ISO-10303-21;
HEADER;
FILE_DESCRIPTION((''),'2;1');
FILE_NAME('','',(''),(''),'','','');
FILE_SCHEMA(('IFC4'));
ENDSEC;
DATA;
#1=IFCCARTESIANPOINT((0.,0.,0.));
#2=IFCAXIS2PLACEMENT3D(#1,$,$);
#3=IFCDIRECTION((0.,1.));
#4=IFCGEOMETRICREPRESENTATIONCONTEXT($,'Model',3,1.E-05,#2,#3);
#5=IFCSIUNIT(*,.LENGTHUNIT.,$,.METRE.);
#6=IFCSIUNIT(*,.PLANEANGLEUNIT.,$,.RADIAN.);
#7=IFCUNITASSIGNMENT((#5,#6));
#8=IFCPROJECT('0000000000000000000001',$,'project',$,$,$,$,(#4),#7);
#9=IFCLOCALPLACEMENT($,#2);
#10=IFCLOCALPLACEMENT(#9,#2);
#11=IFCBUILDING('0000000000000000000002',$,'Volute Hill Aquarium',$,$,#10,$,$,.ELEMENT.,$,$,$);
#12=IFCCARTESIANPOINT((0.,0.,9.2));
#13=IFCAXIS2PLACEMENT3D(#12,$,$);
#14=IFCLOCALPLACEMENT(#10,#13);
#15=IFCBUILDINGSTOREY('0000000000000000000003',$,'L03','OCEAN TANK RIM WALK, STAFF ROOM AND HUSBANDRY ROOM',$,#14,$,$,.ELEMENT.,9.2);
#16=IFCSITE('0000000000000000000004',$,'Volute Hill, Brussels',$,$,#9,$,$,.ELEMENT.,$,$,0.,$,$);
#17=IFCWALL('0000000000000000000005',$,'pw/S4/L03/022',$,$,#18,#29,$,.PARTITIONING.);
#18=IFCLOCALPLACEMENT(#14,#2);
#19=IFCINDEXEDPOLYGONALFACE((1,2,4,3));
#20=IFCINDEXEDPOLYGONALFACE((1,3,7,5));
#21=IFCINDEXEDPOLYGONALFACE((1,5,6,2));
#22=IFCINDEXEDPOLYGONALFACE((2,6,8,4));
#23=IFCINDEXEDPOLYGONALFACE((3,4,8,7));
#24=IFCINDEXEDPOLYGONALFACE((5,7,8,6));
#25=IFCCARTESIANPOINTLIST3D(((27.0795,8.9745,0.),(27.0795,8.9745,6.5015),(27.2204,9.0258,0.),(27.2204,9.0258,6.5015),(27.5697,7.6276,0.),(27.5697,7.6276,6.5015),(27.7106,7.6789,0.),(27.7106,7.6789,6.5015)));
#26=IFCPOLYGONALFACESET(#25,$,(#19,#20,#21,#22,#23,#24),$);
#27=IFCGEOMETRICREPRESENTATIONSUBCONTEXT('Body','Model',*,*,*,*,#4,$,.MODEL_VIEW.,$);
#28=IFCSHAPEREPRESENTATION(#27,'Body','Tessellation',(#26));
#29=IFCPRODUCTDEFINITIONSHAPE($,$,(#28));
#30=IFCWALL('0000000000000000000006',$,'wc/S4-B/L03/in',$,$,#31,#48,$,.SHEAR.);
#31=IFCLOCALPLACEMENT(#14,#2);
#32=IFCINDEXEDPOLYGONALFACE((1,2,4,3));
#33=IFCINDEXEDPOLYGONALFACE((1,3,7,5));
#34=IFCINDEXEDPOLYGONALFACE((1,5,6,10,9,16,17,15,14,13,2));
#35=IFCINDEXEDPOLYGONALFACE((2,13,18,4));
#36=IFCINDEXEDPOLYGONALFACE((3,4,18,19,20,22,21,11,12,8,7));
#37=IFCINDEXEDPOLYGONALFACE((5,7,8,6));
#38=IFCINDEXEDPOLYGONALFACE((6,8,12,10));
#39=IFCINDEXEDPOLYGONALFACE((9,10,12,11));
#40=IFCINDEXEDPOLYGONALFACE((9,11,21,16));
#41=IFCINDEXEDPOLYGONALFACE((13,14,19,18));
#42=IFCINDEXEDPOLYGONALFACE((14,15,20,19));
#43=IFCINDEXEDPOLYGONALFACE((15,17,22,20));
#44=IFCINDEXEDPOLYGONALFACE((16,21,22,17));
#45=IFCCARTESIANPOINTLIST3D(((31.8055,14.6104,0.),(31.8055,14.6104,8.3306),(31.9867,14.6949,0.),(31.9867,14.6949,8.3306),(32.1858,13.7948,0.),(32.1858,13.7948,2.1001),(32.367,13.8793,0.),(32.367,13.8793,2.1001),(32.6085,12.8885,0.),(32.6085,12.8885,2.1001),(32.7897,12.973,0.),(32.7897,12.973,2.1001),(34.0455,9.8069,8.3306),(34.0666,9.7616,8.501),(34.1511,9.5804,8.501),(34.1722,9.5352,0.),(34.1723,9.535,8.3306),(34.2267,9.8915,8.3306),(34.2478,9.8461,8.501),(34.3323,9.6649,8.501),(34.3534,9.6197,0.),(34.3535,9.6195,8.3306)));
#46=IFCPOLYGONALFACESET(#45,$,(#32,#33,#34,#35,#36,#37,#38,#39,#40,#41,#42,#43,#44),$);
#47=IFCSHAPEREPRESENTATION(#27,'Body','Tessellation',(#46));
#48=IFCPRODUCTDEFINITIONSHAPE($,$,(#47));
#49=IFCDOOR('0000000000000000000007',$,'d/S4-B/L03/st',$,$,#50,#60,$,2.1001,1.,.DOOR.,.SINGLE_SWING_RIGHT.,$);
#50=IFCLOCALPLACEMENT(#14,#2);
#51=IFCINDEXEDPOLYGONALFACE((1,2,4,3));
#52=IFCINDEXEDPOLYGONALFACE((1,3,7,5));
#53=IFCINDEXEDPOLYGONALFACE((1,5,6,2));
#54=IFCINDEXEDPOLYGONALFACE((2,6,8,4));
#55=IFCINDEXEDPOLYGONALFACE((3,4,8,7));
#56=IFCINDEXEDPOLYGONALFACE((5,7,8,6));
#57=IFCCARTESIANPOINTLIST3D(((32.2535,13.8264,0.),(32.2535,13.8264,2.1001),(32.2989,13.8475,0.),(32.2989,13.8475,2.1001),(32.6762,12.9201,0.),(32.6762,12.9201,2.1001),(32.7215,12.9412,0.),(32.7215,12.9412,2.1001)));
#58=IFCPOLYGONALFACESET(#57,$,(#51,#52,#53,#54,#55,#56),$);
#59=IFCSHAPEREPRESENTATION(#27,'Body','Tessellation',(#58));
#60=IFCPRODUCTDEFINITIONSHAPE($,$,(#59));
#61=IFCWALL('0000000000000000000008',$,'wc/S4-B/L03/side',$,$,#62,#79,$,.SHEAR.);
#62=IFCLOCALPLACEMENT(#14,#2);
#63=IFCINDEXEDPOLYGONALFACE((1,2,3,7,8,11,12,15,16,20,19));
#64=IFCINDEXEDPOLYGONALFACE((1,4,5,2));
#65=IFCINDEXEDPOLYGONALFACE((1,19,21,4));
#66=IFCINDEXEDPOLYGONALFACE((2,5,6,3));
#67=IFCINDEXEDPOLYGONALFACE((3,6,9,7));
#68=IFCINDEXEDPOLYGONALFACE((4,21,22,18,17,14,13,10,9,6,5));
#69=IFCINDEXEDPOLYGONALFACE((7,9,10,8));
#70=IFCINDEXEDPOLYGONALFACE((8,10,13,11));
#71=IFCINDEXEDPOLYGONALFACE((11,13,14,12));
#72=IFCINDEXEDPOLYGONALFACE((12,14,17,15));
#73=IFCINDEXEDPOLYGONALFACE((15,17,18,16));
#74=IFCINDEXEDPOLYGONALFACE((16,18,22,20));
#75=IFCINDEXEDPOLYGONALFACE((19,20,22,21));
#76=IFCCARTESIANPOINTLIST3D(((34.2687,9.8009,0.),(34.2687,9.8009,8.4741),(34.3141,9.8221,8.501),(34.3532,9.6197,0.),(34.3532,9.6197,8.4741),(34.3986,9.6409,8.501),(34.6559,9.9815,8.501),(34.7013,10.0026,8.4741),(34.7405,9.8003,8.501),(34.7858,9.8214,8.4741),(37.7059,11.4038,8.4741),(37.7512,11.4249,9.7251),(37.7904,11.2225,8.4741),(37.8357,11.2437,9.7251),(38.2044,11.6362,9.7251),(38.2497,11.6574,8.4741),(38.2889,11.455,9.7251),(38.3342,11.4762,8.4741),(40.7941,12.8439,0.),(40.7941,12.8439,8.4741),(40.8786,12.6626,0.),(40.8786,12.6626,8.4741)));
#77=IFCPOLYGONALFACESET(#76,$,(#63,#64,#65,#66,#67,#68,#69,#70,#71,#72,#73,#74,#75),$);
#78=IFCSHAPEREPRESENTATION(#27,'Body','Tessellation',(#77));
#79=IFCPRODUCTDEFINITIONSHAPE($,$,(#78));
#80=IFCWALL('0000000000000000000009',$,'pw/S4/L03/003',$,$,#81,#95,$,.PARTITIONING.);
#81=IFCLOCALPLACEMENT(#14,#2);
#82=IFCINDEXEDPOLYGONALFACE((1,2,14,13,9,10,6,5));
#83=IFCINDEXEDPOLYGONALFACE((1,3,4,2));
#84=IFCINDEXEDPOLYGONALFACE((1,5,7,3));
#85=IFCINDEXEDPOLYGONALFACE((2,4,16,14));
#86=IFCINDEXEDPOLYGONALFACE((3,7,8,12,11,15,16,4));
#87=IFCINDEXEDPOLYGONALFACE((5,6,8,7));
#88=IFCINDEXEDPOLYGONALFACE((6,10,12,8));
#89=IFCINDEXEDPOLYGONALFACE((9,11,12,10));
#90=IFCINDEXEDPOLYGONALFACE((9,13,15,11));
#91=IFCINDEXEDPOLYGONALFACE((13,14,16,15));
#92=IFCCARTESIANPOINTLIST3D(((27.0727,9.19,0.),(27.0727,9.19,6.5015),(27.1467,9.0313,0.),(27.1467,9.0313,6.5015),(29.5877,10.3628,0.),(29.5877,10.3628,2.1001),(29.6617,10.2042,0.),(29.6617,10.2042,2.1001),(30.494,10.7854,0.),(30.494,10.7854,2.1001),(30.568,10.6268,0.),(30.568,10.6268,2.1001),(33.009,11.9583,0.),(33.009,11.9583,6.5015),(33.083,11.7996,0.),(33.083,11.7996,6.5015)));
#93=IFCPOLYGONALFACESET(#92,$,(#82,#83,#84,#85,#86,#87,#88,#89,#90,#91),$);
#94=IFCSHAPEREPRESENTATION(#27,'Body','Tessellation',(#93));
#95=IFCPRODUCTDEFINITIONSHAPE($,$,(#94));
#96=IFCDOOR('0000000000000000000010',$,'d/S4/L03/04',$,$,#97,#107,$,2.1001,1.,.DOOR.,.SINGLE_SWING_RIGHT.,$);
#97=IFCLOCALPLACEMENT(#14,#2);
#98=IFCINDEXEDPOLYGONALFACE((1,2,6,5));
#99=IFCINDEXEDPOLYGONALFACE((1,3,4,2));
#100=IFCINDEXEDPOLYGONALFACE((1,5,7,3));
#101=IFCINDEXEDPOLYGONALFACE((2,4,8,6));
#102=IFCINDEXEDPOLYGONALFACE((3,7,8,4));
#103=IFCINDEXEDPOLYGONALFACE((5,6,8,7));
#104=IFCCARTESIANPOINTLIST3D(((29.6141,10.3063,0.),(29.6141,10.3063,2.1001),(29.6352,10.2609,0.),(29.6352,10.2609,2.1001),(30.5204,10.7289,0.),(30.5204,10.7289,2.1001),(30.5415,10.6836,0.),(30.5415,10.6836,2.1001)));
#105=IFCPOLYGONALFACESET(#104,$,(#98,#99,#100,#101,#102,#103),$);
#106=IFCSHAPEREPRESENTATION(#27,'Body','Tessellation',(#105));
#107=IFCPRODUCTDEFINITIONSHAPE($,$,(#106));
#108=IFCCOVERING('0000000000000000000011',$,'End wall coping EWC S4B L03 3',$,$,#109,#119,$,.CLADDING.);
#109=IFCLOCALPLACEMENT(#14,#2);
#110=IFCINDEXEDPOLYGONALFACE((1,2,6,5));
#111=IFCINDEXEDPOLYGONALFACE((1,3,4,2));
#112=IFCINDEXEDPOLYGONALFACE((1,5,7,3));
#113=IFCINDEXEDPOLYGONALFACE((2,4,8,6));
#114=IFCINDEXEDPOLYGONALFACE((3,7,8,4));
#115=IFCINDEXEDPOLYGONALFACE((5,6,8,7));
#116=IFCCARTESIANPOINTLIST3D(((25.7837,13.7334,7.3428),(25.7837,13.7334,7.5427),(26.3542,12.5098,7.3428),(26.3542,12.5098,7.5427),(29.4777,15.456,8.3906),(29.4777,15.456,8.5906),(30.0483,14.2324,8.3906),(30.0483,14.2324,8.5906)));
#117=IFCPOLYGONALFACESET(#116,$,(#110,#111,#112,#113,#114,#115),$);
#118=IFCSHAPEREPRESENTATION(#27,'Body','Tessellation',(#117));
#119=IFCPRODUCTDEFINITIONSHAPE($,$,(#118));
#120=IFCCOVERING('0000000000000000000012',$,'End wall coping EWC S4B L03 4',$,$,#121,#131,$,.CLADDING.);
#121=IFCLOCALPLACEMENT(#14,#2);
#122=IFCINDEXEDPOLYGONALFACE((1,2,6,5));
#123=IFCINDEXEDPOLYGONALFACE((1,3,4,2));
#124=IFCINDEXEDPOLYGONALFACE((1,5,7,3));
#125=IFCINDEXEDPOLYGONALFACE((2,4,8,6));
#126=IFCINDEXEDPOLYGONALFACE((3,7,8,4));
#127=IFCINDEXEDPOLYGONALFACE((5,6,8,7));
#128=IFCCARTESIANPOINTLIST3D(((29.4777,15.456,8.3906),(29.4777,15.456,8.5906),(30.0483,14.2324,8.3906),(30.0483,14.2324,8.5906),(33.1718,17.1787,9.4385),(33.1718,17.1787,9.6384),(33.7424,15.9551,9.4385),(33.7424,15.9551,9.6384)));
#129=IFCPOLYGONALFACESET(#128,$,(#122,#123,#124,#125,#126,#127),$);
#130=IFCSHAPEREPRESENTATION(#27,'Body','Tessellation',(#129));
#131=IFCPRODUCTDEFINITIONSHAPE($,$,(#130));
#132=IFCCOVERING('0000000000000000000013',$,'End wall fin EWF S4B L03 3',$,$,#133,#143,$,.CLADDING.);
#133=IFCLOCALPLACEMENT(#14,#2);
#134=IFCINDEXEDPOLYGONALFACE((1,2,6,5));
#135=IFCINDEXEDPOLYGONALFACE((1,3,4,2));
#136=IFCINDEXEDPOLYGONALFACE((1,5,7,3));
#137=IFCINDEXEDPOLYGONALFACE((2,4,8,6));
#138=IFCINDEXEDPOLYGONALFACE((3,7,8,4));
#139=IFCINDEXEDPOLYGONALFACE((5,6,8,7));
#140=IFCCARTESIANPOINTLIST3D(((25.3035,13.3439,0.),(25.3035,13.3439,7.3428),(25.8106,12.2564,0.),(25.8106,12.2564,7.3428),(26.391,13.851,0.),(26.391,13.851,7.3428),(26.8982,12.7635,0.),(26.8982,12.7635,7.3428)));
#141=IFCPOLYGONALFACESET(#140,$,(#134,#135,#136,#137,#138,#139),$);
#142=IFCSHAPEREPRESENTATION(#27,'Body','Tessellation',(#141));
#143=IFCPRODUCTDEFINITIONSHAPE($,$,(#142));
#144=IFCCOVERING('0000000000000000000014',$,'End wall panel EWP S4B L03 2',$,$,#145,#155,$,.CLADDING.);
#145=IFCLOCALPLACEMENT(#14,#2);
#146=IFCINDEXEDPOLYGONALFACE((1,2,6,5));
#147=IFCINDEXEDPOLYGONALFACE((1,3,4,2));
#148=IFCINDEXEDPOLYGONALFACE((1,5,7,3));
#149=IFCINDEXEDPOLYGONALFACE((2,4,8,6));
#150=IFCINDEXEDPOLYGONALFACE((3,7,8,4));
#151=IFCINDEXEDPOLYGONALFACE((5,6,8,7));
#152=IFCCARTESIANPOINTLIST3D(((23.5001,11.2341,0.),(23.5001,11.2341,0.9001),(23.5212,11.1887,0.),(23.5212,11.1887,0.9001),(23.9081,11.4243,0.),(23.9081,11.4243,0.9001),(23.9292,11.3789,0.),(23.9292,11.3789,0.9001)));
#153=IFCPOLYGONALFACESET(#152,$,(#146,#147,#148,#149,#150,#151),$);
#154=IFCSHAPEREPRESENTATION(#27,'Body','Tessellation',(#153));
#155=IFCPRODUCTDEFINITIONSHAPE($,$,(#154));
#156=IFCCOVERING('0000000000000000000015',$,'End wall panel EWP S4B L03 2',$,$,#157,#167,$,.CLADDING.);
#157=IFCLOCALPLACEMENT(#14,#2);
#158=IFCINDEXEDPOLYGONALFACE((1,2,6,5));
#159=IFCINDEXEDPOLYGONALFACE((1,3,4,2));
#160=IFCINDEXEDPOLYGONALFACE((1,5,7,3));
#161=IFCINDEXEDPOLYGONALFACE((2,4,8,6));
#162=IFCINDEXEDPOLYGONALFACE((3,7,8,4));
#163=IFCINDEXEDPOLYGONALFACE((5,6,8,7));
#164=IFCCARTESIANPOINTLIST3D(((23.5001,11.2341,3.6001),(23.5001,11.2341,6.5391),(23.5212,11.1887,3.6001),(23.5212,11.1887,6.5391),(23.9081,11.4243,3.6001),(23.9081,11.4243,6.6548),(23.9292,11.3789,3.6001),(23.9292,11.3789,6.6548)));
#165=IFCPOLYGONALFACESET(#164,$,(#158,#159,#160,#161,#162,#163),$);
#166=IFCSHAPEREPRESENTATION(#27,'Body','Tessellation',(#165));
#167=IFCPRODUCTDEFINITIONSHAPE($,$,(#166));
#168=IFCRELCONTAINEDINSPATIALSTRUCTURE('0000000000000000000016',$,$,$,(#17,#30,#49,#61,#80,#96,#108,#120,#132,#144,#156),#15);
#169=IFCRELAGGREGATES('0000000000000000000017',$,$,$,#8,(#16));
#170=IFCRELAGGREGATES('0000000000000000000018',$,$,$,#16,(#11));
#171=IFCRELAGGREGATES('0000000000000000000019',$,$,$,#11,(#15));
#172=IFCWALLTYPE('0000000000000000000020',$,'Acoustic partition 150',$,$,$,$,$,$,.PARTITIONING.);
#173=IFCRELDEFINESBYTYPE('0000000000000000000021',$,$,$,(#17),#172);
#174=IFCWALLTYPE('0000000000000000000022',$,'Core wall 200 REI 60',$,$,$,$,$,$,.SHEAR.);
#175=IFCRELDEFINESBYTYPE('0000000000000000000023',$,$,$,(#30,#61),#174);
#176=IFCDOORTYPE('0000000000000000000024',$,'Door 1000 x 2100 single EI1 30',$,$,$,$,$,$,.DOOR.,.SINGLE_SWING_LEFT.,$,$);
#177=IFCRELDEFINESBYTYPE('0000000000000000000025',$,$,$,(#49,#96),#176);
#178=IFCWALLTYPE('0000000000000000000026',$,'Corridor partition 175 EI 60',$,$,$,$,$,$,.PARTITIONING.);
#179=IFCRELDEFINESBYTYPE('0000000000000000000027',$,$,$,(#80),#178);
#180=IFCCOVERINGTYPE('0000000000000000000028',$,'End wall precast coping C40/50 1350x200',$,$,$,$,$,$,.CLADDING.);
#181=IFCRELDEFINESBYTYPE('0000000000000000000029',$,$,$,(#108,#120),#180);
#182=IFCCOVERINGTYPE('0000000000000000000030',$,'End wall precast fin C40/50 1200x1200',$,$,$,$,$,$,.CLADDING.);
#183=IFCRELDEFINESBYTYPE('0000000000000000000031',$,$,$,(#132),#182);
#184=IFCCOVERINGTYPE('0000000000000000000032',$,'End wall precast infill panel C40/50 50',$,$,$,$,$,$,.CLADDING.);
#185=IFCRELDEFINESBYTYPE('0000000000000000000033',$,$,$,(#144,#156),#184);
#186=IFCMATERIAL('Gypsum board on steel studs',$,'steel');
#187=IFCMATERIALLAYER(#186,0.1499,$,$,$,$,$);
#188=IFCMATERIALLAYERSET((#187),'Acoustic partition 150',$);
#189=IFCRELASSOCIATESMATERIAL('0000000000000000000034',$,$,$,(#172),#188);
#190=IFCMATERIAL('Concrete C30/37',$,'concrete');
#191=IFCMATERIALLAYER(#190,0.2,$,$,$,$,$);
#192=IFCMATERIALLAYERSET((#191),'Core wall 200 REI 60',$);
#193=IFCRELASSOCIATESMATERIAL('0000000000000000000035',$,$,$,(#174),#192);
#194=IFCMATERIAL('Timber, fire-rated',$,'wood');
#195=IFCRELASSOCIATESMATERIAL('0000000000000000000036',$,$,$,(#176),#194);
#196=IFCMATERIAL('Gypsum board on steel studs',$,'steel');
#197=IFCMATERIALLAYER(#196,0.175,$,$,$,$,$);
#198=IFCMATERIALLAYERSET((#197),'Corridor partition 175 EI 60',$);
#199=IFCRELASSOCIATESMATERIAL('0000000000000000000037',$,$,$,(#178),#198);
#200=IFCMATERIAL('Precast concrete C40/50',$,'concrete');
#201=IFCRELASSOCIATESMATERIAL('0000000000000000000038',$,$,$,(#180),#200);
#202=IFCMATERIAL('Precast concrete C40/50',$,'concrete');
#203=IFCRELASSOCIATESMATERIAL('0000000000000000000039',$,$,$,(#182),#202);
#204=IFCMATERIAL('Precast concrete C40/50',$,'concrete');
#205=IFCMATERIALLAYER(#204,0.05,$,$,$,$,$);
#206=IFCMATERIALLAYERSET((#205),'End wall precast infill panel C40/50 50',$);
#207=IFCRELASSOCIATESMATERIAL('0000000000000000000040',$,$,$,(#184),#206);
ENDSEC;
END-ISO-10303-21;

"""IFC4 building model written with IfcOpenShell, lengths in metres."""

from ifc_helpers import new_model, si_unit, direction, frame, frame_2d, origin, origin_2d, place, context, subcontext, project, spatial, polyline, rectangle, outline, extrude, material, layer, layer_set, type_object, element, fill, save


model = new_model("IFC4")

# Units and contexts
model_context = context("Model", 3, precision=1e-05, world=origin(), true_north=direction((0.0, 1.0)))
body_context = subcontext(model_context, "Body", "Model", "MODEL_VIEW")
ifc_project = project(units=[si_unit("LENGTHUNIT", "METRE"), si_unit("PLANEANGLEUNIT", "RADIAN")], contexts=[model_context])

# Site, building, storey
site_placement = place(None, origin())
site = spatial("IfcSite", under=ifc_project, at=site_placement, Name="Volute Hill, Brussels", CompositionType="ELEMENT", RefElevation=0.0)
building_placement = place(site_placement, origin())
building = spatial("IfcBuilding", under=site, at=building_placement, Name="Volute Hill Aquarium", CompositionType="ELEMENT")
storey_placement = place(building_placement, frame((0.0, 0.0, 9.2)))
storey = spatial("IfcBuildingStorey", under=building, at=storey_placement, Name="L03", Description="OCEAN TANK RIM WALK, STAFF ROOM AND HUSBANDRY ROOM", CompositionType="ELEMENT", Elevation=9.2)

# Wall
ifc_material_1 = material(Name="Gypsum board on steel studs", Category="steel")
ifc_layer_1 = layer(ifc_material_1, 0.1499)
ifc_layer_set_1 = layer_set([ifc_layer_1], Name="Acoustic partition 150")
wall_type_1 = type_object("IfcWallType", Name="Acoustic partition 150", PredefinedType="PARTITIONING", material=ifc_layer_set_1)
wall_1_placement = place(storey_placement, frame((27.1499, 9.0002, 0.0), z_axis=(0.0, 0.0, 1.0), x_axis=(0.342017, -0.939694, 0.0)))
element("IfcWall", 1, at=wall_1_placement, inside=storey, type_object=wall_type_1, Name="pw/S4/L03/022", PredefinedType="PARTITIONING", context=body_context, shape_type="SweptSolid", body=[
    extrude(rectangle(XDim=1.4333, YDim=0.1499, at=frame_2d((0.7168, 0.0))), origin(), (0.0, 0.0, 1.0), 6.5015),
])

# Wall, opening, door
ifc_material_2 = material(Name="Concrete C30/37", Category="concrete")
ifc_layer_2 = layer(ifc_material_2, 0.2)
ifc_layer_set_2 = layer_set([ifc_layer_2], Name="Core wall 200 REI 60")
wall_type_2 = type_object("IfcWallType", Name="Core wall 200 REI 60", PredefinedType="SHEAR", material=ifc_layer_set_2)
wall_2_placement = place(storey_placement, frame((31.896, 14.6526, 0.0), z_axis=(0.0, 0.0, 1.0), x_axis=(0.422632, -0.906301, 0.0)))
wall_2 = element("IfcWall", 2, at=wall_2_placement, inside=storey, type_object=wall_type_2, Name="wc/S4-B/L03/in", PredefinedType="SHEAR", context=body_context, shape_type="SweptSolid", body=[
    extrude(outline(polyline([(0.0, 0.0), (5.5999, 0.0), (5.6001, 8.3306), (5.55, 8.501), (5.3501, 8.501), (5.3, 8.3306), (0.0, 8.3306), (0.0, 0.0)])), frame((0.0, 0.1001, 0.0), z_axis=(0.0, -1.0, 0.0), x_axis=(1.0, 0.0, 0.0)), (0.0, 0.0, 1.0), 0.2),
])
opening_1_placement = place(wall_2_placement, frame((0.8999, 0.0, 0.0)))
opening_1 = element("IfcOpeningElement", 3, at=opening_1_placement, cuts=wall_2, PredefinedType="OPENING", context=body_context, shape_type="SweptSolid", body=[
    extrude(rectangle(XDim=1.0, YDim=2.1001, at=frame_2d((0.5, 1.05))), frame((0.0, 0.1099, 0.0), z_axis=(0.0, -1.0, 0.0), x_axis=(1.0, 0.0, 0.0)), (0.0, 0.0, 1.0), 0.22),
])
ifc_material_3 = material(Name="Timber, fire-rated", Category="wood")
door_type_1 = type_object("IfcDoorType", Name="Door 1000 x 2100 single EI1 30", OperationType="SINGLE_SWING_LEFT", PredefinedType="DOOR", material=ifc_material_3)
door_1_placement = place(opening_1_placement, origin())
door_1 = element("IfcDoor", 4, at=door_1_placement, inside=storey, type_object=door_type_1, Name="d/S4-B/L03/st", OperationType="SINGLE_SWING_RIGHT", OverallHeight=2.1001, OverallWidth=1.0, PredefinedType="DOOR", context=body_context, shape_type="SweptSolid", body=[
    extrude(rectangle(XDim=1.0, YDim=2.1001, at=frame_2d((0.5, 1.05))), frame((0.0, 0.0249, 0.0), z_axis=(0.0, -1.0, 0.0), x_axis=(1.0, 0.0, 0.0)), (0.0, 0.0, 1.0), 0.05),
])
fill(opening_1, door_1)

# Wall
wall_3_placement = place(storey_placement, frame((34.311, 9.7102, 0.0), z_axis=(0.0, 0.0, 1.0), x_axis=(0.906301, 0.422633, 0.0)))
element("IfcWall", 5, at=wall_3_placement, inside=storey, type_object=wall_type_2, Name="wc/S4-B/L03/side", PredefinedType="SHEAR", context=body_context, shape_type="SweptSolid", body=[
    extrude(outline(polyline([(0.0, 0.0), (7.2, 0.0), (7.2, 8.4741), (4.3926, 8.4741), (4.3425, 9.7251), (3.8425, 9.7251), (3.7925, 8.4741), (0.4773, 8.4741), (0.4272, 8.501), (0.05, 8.501), (0.0, 8.4741), (0.0, 0.0)])), frame((0.0, 0.1001, 0.0), z_axis=(0.0, -1.0, 0.0), x_axis=(1.0, 0.0, 0.0)), (0.0, 0.0, 1.0), 0.2),
])

# Wall, opening, door
ifc_material_4 = material(Name="Gypsum board on steel studs", Category="steel")
ifc_layer_3 = layer(ifc_material_4, 0.175)
ifc_layer_set_3 = layer_set([ifc_layer_3], Name="Corridor partition 175 EI 60")
wall_type_3 = type_object("IfcWallType", Name="Corridor partition 175 EI 60", PredefinedType="PARTITIONING", material=ifc_layer_set_3)
wall_4_placement = place(storey_placement, frame((33.0459, 11.8789, 0.0), z_axis=(0.0, 0.0, 1.0), x_axis=(-0.906297, -0.422641, 0.0)))
wall_4 = element("IfcWall", 6, at=wall_4_placement, inside=storey, type_object=wall_type_3, Name="pw/S4/L03/003", PredefinedType="PARTITIONING", context=body_context, shape_type="SweptSolid", body=[
    extrude(rectangle(XDim=6.55, YDim=0.175, at=frame_2d((3.2749, 0.0))), origin(), (0.0, 0.0, 1.0), 6.5015),
])
opening_2_placement = place(wall_4_placement, frame((2.7749, 0.0, 0.0)))
opening_2 = element("IfcOpeningElement", 7, at=opening_2_placement, cuts=wall_4, PredefinedType="OPENING", context=body_context, shape_type="SweptSolid", body=[
    extrude(rectangle(XDim=1.0, YDim=2.1001, at=frame_2d((0.5, 1.05))), frame((0.0, 0.0974, 0.0), z_axis=(0.0, -1.0, 0.0), x_axis=(1.0, 0.0, 0.0)), (0.0, 0.0, 1.0), 0.1951),
])
door_2_placement = place(opening_2_placement, origin())
door_2 = element("IfcDoor", 8, at=door_2_placement, inside=storey, type_object=door_type_1, Name="d/S4/L03/04", OperationType="SINGLE_SWING_RIGHT", OverallHeight=2.1001, OverallWidth=1.0, PredefinedType="DOOR", context=body_context, shape_type="SweptSolid", body=[
    extrude(rectangle(XDim=1.0, YDim=2.1001, at=frame_2d((0.5, 1.05))), frame((0.0, 0.0249, 0.0), z_axis=(0.0, -1.0, 0.0), x_axis=(1.0, 0.0, 0.0)), (0.0, 0.0, 1.0), 0.05),
])
fill(opening_2, door_2)

# Coverings
ifc_material_5 = material(Name="Precast concrete C40/50", Category="concrete")
covering_type_1 = type_object("IfcCoveringType", Name="End wall precast coping C40/50 1350x200", PredefinedType="CLADDING", material=ifc_material_5)
for number, where, z_axis, x_axis, name in (
    (9, (26.3542, 12.5098, 7.3428), (0.422633, -0.906301, 0.0), (0.87776, 0.409323, 0.248982), "End wall coping EWC S4B L03 3"),
    (10, (30.0483, 14.2324, 8.3906), (0.422633, -0.906301, 0.0), (0.87776, 0.409323, 0.248982), "End wall coping EWC S4B L03 4"),
):
    element("IfcCovering", number, at=place(storey_placement, frame(where, z_axis=z_axis, x_axis=x_axis)), inside=storey, type_object=covering_type_1, Name=name, PredefinedType="CLADDING", context=body_context, shape_type="SweptSolid", body=[
        extrude(outline(polyline([(0.0, 0.0), (4.2085, 0.0), (4.2583, 0.1937), (0.0498, 0.1937), (0.0, 0.0)])), origin(), (0.0, 0.0, -1.0), 1.3501),
    ])
ifc_material_6 = material(Name="Precast concrete C40/50", Category="concrete")
covering_type_2 = type_object("IfcCoveringType", Name="End wall precast fin C40/50 1200x1200", PredefinedType="CLADDING", material=ifc_material_6)
covering_1_placement = place(storey_placement, frame((26.1008, 13.0537, 0.0), z_axis=(0.0, 0.0, 1.0), x_axis=(0.906307, 0.42262, 0.0)))
element("IfcCovering", 11, at=covering_1_placement, inside=storey, type_object=covering_type_2, Name="End wall fin EWF S4B L03 3", PredefinedType="CLADDING", context=body_context, shape_type="SweptSolid", body=[
    extrude(rectangle(XDim=1.2, YDim=1.2, at=origin_2d()), origin(), (0.0, 0.0, 1.0), 7.3428),
])
ifc_material_7 = material(Name="Precast concrete C40/50", Category="concrete")
ifc_layer_4 = layer(ifc_material_7, 0.05)
ifc_layer_set_4 = layer_set([ifc_layer_4], Name="End wall precast infill panel C40/50 50")
covering_type_3 = type_object("IfcCoveringType", Name="End wall precast infill panel C40/50 50", PredefinedType="CLADDING", material=ifc_layer_set_4)
covering_2_placement = place(storey_placement, frame((23.5212, 11.1887, 0.0), z_axis=(0.422529, -0.906349, 0.0), x_axis=(0.906349, 0.422529, 0.0)))
element("IfcCovering", 12, at=covering_2_placement, inside=storey, type_object=covering_type_3, Name="End wall panel EWP S4B L03 2", PredefinedType="CLADDING", context=body_context, shape_type="SweptSolid", body=[
    extrude(outline(polyline([(0.0, 0.0), (0.4501, 0.0), (0.4501, 0.9001), (0.0, 0.9001), (0.0, 0.0)])), origin(), (0.0, 0.0, -1.0), 0.05),
])
covering_3_placement = place(storey_placement, frame((23.5212, 11.1887, 3.6001), z_axis=(0.422529, -0.906349, 0.0), x_axis=(0.906349, 0.422529, 0.0)))
element("IfcCovering", 13, at=covering_3_placement, inside=storey, type_object=covering_type_3, Name="End wall panel EWP S4B L03 2", PredefinedType="CLADDING", context=body_context, shape_type="SweptSolid", body=[
    extrude(outline(polyline([(0.0, 0.0), (0.4501, 0.0), (0.4501, 3.0547), (0.0, 2.939), (0.0, 0.0)])), origin(), (0.0, 0.0, -1.0), 0.05),
])

save(model, "model.ifc")
